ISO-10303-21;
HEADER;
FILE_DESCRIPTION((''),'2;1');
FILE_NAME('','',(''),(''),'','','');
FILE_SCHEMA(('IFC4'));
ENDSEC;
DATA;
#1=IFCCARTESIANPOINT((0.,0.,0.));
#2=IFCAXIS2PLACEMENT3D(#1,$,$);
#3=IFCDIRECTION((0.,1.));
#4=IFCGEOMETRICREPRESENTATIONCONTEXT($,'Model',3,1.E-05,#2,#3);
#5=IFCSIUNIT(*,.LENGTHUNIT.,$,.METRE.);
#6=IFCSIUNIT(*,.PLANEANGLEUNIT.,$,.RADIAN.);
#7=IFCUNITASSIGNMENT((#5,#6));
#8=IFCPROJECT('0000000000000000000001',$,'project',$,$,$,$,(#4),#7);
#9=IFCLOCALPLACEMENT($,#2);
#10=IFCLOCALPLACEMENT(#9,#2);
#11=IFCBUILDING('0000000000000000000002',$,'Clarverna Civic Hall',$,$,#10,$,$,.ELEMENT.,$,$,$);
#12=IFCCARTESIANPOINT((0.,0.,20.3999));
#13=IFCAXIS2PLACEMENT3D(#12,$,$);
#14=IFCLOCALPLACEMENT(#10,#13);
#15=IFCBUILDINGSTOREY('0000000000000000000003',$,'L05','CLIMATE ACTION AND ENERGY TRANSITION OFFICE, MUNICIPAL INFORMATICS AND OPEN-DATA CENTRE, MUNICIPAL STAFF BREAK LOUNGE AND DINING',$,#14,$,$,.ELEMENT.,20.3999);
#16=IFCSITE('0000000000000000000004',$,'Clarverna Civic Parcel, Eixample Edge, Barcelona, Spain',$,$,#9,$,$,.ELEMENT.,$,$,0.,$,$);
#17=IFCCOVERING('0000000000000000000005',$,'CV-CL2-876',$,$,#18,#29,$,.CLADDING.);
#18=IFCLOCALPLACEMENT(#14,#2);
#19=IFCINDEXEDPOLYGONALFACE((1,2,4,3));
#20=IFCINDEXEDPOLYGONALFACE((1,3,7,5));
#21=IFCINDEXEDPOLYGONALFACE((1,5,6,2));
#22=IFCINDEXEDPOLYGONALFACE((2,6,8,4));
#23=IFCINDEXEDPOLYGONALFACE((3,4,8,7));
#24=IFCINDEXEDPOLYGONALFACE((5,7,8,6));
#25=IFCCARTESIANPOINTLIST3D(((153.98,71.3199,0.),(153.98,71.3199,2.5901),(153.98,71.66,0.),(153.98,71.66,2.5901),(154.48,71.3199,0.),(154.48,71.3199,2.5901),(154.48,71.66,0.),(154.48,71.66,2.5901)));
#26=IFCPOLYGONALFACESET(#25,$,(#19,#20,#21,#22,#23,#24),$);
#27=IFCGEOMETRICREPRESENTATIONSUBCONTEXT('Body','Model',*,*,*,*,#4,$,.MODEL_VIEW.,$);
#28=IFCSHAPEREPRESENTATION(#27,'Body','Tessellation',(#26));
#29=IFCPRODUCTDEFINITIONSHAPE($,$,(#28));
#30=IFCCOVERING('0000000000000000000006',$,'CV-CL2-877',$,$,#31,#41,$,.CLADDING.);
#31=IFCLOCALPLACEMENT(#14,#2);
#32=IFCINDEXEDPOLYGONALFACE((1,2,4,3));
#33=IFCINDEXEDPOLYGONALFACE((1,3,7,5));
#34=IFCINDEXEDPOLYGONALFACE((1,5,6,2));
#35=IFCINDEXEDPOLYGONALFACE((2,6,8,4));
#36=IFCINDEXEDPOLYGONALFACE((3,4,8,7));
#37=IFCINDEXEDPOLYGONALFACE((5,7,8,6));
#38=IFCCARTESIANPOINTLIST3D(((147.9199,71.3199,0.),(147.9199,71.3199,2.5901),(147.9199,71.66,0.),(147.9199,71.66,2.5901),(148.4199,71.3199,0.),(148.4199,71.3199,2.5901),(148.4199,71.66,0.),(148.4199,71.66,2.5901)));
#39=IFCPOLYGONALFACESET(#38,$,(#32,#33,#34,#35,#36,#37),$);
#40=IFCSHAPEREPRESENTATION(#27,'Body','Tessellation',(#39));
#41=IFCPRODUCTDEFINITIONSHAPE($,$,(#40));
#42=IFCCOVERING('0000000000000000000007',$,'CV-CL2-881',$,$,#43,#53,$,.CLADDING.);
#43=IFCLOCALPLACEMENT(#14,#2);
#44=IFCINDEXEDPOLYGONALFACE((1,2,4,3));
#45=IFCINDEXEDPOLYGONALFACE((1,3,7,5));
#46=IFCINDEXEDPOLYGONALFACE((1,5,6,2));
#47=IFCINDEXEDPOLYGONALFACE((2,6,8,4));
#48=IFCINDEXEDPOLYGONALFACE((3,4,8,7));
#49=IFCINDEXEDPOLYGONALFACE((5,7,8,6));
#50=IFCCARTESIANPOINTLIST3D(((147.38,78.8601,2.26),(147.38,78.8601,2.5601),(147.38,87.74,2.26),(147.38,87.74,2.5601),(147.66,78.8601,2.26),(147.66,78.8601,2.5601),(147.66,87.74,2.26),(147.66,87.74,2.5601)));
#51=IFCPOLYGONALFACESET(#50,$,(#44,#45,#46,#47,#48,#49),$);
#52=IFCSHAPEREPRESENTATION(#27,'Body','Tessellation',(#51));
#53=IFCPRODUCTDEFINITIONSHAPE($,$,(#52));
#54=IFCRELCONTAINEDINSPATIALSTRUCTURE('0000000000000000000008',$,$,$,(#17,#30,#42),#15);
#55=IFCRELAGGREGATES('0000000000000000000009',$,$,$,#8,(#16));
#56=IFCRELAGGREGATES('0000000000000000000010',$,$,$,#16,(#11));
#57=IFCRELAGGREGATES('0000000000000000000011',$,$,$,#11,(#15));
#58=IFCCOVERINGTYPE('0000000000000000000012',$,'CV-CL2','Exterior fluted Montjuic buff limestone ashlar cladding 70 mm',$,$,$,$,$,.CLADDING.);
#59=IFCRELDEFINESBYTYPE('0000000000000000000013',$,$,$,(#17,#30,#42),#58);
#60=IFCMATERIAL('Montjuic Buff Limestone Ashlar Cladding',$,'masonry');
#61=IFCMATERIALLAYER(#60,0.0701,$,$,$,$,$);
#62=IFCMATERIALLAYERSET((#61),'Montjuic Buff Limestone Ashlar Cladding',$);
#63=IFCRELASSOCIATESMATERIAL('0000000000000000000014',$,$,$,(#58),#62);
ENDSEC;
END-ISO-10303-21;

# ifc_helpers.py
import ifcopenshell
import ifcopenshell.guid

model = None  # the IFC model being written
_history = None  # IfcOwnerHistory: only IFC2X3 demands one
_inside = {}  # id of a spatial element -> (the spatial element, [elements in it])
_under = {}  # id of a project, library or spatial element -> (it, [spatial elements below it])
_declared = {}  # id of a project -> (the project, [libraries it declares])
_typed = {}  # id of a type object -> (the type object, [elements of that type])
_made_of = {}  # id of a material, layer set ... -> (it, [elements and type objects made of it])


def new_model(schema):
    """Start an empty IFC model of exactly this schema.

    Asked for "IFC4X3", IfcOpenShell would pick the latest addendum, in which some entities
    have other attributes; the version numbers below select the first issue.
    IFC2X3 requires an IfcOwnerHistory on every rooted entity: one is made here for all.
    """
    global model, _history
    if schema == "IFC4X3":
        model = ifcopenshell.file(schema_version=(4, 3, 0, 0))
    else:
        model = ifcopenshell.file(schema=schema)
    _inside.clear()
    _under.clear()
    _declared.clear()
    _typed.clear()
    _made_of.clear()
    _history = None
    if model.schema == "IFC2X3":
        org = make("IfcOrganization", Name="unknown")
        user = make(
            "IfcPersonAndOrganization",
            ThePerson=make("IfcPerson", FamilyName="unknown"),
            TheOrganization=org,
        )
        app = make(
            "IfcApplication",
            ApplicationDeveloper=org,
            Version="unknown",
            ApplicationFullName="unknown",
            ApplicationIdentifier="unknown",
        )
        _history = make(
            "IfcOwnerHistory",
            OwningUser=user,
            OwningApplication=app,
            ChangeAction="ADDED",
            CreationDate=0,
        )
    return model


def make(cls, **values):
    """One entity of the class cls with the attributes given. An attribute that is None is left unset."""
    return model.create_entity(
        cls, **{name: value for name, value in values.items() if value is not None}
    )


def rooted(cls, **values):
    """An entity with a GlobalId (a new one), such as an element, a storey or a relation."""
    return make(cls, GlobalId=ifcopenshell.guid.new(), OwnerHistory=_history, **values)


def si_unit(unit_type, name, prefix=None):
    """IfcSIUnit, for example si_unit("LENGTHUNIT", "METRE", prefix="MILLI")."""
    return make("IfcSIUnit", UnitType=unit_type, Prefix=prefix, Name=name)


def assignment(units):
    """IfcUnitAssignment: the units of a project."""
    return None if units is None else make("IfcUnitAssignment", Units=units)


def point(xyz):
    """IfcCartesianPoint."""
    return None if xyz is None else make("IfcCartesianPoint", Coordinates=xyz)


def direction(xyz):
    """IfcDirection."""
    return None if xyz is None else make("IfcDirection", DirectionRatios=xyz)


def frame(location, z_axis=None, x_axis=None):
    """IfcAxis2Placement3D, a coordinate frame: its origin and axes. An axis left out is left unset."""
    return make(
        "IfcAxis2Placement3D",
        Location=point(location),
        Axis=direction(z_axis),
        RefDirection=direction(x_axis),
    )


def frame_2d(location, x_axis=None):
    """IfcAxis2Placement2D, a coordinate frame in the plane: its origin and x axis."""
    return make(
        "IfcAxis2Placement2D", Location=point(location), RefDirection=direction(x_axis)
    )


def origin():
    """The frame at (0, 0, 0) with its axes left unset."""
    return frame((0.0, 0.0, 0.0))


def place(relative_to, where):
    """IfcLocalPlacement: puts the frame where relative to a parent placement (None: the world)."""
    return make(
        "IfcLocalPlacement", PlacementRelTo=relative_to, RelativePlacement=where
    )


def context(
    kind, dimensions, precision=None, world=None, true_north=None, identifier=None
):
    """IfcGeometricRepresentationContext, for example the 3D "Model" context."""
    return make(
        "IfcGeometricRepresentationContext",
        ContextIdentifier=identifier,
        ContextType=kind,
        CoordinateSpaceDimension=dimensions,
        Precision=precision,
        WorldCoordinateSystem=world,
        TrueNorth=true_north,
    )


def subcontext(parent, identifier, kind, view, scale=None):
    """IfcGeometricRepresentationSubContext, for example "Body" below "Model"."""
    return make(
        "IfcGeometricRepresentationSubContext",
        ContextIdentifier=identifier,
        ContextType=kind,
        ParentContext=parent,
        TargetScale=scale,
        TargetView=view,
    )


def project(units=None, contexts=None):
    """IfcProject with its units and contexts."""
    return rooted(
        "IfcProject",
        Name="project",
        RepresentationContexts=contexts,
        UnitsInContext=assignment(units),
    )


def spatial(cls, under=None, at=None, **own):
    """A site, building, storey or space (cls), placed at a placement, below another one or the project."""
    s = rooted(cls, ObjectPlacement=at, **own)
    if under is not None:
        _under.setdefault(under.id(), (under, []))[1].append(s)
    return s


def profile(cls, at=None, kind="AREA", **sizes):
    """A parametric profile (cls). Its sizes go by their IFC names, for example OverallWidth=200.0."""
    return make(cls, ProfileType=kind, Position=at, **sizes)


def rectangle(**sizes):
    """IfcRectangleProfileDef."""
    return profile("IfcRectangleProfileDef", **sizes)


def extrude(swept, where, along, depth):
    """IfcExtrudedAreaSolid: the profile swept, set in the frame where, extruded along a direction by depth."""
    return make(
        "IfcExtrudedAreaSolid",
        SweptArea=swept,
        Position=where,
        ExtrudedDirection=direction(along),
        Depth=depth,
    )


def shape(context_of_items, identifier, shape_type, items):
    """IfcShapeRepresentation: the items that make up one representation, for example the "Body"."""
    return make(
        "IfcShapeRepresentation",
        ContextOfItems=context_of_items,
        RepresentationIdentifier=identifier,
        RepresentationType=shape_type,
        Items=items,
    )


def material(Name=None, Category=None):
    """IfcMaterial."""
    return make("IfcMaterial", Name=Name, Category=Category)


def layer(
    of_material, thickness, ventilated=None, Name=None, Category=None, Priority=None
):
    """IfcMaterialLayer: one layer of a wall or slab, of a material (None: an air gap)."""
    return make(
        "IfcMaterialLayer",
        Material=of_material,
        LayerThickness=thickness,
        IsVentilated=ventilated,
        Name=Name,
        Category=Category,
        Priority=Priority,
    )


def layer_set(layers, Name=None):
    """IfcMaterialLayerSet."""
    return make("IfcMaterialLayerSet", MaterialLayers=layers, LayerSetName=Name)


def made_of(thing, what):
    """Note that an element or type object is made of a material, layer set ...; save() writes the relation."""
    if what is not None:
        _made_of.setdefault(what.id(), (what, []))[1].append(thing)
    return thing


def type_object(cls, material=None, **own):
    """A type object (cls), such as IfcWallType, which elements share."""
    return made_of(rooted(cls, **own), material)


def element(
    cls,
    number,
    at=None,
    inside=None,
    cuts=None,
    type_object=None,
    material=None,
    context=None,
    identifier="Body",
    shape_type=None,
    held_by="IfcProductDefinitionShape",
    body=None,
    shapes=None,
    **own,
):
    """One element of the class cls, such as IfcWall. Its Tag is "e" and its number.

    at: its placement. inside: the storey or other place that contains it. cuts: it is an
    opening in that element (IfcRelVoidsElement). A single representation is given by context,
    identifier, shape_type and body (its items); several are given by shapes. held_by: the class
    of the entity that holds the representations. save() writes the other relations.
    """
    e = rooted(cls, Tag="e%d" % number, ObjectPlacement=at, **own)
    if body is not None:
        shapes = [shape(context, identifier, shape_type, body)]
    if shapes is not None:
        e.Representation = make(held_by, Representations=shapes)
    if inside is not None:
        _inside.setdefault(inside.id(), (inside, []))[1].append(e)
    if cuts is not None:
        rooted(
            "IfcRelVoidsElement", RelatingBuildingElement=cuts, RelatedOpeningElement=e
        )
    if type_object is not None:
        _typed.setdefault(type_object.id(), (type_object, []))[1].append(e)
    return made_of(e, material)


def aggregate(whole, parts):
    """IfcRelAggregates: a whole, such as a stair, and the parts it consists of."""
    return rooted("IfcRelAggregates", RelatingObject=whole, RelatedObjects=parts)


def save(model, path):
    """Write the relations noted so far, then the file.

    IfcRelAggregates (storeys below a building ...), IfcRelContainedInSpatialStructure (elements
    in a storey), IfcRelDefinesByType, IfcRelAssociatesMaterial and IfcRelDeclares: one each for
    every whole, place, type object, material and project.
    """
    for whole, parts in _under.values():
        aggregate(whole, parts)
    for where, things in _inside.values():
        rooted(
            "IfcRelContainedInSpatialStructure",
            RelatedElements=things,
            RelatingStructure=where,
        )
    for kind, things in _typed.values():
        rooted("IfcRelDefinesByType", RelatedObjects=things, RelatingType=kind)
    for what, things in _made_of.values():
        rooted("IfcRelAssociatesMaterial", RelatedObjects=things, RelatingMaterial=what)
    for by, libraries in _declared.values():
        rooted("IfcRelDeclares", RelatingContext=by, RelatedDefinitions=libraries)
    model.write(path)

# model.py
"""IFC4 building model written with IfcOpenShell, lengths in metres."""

from ifc_helpers import new_model, si_unit, direction, frame, frame_2d, origin, place, context, subcontext, project, spatial, rectangle, extrude, material, layer, layer_set, type_object, element, save


model = new_model("IFC4")

# Units and contexts
model_context = context("Model", 3, precision=1e-05, world=origin(), true_north=direction((0.0, 1.0)))
body_context = subcontext(model_context, "Body", "Model", "MODEL_VIEW")
ifc_project = project(units=[si_unit("LENGTHUNIT", "METRE"), si_unit("PLANEANGLEUNIT", "RADIAN")], contexts=[model_context])

# Site, building, storey
site_placement = place(None, origin())
site = spatial("IfcSite", under=ifc_project, at=site_placement, Name="Clarverna Civic Parcel, Eixample Edge, Barcelona, Spain", CompositionType="ELEMENT", RefElevation=0.0)
building_placement = place(site_placement, origin())
building = spatial("IfcBuilding", under=site, at=building_placement, Name="Clarverna Civic Hall", CompositionType="ELEMENT")
storey_placement = place(building_placement, frame((0.0, 0.0, 20.3999)))
storey = spatial("IfcBuildingStorey", under=building, at=storey_placement, Name="L05", Description="CLIMATE ACTION AND ENERGY TRANSITION OFFICE, MUNICIPAL INFORMATICS AND OPEN-DATA CENTRE, MUNICIPAL STAFF BREAK LOUNGE AND DINING", CompositionType="ELEMENT", Elevation=20.3999)

# Coverings
ifc_material_1 = material(Name="Montjuic Buff Limestone Ashlar Cladding", Category="masonry")
ifc_layer_1 = layer(ifc_material_1, 0.0701)
ifc_layer_set_1 = layer_set([ifc_layer_1], Name="Montjuic Buff Limestone Ashlar Cladding")
covering_type = type_object("IfcCoveringType", Name="CV-CL2", Description="Exterior fluted Montjuic buff limestone ashlar cladding 70 mm", PredefinedType="CLADDING", material=ifc_layer_set_1)
for number, where, z_axis, x_axis, name in (
    (1, (154.48, 71.49, 0.0), (0.0, 0.0, 1.0), (-1.0, 0.0, 0.0), "CV-CL2-876"),
    (2, (148.4199, 71.49, 0.0), (0.0, 0.0, 1.0), (-1.0, 0.0, 0.0), "CV-CL2-877"),
):
    element("IfcCovering", number, at=place(storey_placement, frame(where, z_axis=z_axis, x_axis=x_axis)), inside=storey, type_object=covering_type, Name=name, PredefinedType="CLADDING", context=body_context, shape_type="SweptSolid", body=[
        extrude(rectangle(XDim=0.5, YDim=0.3401, at=frame_2d((0.25, 0.0))), origin(), (0.0, 0.0, 1.0), 2.5901),
    ])
covering_1_placement = place(storey_placement, frame((147.52, 78.8601, 2.26), z_axis=(0.0, 0.0, 1.0), x_axis=(0.0, 1.0, 0.0)))
element("IfcCovering", 3, at=covering_1_placement, inside=storey, type_object=covering_type, Name="CV-CL2-881", PredefinedType="CLADDING", context=body_context, shape_type="SweptSolid", body=[
    extrude(rectangle(XDim=8.8799, YDim=0.28, at=frame_2d((4.4399, 0.0))), origin(), (0.0, 0.0, 1.0), 0.3),
])

save(model, "model.ifc")
